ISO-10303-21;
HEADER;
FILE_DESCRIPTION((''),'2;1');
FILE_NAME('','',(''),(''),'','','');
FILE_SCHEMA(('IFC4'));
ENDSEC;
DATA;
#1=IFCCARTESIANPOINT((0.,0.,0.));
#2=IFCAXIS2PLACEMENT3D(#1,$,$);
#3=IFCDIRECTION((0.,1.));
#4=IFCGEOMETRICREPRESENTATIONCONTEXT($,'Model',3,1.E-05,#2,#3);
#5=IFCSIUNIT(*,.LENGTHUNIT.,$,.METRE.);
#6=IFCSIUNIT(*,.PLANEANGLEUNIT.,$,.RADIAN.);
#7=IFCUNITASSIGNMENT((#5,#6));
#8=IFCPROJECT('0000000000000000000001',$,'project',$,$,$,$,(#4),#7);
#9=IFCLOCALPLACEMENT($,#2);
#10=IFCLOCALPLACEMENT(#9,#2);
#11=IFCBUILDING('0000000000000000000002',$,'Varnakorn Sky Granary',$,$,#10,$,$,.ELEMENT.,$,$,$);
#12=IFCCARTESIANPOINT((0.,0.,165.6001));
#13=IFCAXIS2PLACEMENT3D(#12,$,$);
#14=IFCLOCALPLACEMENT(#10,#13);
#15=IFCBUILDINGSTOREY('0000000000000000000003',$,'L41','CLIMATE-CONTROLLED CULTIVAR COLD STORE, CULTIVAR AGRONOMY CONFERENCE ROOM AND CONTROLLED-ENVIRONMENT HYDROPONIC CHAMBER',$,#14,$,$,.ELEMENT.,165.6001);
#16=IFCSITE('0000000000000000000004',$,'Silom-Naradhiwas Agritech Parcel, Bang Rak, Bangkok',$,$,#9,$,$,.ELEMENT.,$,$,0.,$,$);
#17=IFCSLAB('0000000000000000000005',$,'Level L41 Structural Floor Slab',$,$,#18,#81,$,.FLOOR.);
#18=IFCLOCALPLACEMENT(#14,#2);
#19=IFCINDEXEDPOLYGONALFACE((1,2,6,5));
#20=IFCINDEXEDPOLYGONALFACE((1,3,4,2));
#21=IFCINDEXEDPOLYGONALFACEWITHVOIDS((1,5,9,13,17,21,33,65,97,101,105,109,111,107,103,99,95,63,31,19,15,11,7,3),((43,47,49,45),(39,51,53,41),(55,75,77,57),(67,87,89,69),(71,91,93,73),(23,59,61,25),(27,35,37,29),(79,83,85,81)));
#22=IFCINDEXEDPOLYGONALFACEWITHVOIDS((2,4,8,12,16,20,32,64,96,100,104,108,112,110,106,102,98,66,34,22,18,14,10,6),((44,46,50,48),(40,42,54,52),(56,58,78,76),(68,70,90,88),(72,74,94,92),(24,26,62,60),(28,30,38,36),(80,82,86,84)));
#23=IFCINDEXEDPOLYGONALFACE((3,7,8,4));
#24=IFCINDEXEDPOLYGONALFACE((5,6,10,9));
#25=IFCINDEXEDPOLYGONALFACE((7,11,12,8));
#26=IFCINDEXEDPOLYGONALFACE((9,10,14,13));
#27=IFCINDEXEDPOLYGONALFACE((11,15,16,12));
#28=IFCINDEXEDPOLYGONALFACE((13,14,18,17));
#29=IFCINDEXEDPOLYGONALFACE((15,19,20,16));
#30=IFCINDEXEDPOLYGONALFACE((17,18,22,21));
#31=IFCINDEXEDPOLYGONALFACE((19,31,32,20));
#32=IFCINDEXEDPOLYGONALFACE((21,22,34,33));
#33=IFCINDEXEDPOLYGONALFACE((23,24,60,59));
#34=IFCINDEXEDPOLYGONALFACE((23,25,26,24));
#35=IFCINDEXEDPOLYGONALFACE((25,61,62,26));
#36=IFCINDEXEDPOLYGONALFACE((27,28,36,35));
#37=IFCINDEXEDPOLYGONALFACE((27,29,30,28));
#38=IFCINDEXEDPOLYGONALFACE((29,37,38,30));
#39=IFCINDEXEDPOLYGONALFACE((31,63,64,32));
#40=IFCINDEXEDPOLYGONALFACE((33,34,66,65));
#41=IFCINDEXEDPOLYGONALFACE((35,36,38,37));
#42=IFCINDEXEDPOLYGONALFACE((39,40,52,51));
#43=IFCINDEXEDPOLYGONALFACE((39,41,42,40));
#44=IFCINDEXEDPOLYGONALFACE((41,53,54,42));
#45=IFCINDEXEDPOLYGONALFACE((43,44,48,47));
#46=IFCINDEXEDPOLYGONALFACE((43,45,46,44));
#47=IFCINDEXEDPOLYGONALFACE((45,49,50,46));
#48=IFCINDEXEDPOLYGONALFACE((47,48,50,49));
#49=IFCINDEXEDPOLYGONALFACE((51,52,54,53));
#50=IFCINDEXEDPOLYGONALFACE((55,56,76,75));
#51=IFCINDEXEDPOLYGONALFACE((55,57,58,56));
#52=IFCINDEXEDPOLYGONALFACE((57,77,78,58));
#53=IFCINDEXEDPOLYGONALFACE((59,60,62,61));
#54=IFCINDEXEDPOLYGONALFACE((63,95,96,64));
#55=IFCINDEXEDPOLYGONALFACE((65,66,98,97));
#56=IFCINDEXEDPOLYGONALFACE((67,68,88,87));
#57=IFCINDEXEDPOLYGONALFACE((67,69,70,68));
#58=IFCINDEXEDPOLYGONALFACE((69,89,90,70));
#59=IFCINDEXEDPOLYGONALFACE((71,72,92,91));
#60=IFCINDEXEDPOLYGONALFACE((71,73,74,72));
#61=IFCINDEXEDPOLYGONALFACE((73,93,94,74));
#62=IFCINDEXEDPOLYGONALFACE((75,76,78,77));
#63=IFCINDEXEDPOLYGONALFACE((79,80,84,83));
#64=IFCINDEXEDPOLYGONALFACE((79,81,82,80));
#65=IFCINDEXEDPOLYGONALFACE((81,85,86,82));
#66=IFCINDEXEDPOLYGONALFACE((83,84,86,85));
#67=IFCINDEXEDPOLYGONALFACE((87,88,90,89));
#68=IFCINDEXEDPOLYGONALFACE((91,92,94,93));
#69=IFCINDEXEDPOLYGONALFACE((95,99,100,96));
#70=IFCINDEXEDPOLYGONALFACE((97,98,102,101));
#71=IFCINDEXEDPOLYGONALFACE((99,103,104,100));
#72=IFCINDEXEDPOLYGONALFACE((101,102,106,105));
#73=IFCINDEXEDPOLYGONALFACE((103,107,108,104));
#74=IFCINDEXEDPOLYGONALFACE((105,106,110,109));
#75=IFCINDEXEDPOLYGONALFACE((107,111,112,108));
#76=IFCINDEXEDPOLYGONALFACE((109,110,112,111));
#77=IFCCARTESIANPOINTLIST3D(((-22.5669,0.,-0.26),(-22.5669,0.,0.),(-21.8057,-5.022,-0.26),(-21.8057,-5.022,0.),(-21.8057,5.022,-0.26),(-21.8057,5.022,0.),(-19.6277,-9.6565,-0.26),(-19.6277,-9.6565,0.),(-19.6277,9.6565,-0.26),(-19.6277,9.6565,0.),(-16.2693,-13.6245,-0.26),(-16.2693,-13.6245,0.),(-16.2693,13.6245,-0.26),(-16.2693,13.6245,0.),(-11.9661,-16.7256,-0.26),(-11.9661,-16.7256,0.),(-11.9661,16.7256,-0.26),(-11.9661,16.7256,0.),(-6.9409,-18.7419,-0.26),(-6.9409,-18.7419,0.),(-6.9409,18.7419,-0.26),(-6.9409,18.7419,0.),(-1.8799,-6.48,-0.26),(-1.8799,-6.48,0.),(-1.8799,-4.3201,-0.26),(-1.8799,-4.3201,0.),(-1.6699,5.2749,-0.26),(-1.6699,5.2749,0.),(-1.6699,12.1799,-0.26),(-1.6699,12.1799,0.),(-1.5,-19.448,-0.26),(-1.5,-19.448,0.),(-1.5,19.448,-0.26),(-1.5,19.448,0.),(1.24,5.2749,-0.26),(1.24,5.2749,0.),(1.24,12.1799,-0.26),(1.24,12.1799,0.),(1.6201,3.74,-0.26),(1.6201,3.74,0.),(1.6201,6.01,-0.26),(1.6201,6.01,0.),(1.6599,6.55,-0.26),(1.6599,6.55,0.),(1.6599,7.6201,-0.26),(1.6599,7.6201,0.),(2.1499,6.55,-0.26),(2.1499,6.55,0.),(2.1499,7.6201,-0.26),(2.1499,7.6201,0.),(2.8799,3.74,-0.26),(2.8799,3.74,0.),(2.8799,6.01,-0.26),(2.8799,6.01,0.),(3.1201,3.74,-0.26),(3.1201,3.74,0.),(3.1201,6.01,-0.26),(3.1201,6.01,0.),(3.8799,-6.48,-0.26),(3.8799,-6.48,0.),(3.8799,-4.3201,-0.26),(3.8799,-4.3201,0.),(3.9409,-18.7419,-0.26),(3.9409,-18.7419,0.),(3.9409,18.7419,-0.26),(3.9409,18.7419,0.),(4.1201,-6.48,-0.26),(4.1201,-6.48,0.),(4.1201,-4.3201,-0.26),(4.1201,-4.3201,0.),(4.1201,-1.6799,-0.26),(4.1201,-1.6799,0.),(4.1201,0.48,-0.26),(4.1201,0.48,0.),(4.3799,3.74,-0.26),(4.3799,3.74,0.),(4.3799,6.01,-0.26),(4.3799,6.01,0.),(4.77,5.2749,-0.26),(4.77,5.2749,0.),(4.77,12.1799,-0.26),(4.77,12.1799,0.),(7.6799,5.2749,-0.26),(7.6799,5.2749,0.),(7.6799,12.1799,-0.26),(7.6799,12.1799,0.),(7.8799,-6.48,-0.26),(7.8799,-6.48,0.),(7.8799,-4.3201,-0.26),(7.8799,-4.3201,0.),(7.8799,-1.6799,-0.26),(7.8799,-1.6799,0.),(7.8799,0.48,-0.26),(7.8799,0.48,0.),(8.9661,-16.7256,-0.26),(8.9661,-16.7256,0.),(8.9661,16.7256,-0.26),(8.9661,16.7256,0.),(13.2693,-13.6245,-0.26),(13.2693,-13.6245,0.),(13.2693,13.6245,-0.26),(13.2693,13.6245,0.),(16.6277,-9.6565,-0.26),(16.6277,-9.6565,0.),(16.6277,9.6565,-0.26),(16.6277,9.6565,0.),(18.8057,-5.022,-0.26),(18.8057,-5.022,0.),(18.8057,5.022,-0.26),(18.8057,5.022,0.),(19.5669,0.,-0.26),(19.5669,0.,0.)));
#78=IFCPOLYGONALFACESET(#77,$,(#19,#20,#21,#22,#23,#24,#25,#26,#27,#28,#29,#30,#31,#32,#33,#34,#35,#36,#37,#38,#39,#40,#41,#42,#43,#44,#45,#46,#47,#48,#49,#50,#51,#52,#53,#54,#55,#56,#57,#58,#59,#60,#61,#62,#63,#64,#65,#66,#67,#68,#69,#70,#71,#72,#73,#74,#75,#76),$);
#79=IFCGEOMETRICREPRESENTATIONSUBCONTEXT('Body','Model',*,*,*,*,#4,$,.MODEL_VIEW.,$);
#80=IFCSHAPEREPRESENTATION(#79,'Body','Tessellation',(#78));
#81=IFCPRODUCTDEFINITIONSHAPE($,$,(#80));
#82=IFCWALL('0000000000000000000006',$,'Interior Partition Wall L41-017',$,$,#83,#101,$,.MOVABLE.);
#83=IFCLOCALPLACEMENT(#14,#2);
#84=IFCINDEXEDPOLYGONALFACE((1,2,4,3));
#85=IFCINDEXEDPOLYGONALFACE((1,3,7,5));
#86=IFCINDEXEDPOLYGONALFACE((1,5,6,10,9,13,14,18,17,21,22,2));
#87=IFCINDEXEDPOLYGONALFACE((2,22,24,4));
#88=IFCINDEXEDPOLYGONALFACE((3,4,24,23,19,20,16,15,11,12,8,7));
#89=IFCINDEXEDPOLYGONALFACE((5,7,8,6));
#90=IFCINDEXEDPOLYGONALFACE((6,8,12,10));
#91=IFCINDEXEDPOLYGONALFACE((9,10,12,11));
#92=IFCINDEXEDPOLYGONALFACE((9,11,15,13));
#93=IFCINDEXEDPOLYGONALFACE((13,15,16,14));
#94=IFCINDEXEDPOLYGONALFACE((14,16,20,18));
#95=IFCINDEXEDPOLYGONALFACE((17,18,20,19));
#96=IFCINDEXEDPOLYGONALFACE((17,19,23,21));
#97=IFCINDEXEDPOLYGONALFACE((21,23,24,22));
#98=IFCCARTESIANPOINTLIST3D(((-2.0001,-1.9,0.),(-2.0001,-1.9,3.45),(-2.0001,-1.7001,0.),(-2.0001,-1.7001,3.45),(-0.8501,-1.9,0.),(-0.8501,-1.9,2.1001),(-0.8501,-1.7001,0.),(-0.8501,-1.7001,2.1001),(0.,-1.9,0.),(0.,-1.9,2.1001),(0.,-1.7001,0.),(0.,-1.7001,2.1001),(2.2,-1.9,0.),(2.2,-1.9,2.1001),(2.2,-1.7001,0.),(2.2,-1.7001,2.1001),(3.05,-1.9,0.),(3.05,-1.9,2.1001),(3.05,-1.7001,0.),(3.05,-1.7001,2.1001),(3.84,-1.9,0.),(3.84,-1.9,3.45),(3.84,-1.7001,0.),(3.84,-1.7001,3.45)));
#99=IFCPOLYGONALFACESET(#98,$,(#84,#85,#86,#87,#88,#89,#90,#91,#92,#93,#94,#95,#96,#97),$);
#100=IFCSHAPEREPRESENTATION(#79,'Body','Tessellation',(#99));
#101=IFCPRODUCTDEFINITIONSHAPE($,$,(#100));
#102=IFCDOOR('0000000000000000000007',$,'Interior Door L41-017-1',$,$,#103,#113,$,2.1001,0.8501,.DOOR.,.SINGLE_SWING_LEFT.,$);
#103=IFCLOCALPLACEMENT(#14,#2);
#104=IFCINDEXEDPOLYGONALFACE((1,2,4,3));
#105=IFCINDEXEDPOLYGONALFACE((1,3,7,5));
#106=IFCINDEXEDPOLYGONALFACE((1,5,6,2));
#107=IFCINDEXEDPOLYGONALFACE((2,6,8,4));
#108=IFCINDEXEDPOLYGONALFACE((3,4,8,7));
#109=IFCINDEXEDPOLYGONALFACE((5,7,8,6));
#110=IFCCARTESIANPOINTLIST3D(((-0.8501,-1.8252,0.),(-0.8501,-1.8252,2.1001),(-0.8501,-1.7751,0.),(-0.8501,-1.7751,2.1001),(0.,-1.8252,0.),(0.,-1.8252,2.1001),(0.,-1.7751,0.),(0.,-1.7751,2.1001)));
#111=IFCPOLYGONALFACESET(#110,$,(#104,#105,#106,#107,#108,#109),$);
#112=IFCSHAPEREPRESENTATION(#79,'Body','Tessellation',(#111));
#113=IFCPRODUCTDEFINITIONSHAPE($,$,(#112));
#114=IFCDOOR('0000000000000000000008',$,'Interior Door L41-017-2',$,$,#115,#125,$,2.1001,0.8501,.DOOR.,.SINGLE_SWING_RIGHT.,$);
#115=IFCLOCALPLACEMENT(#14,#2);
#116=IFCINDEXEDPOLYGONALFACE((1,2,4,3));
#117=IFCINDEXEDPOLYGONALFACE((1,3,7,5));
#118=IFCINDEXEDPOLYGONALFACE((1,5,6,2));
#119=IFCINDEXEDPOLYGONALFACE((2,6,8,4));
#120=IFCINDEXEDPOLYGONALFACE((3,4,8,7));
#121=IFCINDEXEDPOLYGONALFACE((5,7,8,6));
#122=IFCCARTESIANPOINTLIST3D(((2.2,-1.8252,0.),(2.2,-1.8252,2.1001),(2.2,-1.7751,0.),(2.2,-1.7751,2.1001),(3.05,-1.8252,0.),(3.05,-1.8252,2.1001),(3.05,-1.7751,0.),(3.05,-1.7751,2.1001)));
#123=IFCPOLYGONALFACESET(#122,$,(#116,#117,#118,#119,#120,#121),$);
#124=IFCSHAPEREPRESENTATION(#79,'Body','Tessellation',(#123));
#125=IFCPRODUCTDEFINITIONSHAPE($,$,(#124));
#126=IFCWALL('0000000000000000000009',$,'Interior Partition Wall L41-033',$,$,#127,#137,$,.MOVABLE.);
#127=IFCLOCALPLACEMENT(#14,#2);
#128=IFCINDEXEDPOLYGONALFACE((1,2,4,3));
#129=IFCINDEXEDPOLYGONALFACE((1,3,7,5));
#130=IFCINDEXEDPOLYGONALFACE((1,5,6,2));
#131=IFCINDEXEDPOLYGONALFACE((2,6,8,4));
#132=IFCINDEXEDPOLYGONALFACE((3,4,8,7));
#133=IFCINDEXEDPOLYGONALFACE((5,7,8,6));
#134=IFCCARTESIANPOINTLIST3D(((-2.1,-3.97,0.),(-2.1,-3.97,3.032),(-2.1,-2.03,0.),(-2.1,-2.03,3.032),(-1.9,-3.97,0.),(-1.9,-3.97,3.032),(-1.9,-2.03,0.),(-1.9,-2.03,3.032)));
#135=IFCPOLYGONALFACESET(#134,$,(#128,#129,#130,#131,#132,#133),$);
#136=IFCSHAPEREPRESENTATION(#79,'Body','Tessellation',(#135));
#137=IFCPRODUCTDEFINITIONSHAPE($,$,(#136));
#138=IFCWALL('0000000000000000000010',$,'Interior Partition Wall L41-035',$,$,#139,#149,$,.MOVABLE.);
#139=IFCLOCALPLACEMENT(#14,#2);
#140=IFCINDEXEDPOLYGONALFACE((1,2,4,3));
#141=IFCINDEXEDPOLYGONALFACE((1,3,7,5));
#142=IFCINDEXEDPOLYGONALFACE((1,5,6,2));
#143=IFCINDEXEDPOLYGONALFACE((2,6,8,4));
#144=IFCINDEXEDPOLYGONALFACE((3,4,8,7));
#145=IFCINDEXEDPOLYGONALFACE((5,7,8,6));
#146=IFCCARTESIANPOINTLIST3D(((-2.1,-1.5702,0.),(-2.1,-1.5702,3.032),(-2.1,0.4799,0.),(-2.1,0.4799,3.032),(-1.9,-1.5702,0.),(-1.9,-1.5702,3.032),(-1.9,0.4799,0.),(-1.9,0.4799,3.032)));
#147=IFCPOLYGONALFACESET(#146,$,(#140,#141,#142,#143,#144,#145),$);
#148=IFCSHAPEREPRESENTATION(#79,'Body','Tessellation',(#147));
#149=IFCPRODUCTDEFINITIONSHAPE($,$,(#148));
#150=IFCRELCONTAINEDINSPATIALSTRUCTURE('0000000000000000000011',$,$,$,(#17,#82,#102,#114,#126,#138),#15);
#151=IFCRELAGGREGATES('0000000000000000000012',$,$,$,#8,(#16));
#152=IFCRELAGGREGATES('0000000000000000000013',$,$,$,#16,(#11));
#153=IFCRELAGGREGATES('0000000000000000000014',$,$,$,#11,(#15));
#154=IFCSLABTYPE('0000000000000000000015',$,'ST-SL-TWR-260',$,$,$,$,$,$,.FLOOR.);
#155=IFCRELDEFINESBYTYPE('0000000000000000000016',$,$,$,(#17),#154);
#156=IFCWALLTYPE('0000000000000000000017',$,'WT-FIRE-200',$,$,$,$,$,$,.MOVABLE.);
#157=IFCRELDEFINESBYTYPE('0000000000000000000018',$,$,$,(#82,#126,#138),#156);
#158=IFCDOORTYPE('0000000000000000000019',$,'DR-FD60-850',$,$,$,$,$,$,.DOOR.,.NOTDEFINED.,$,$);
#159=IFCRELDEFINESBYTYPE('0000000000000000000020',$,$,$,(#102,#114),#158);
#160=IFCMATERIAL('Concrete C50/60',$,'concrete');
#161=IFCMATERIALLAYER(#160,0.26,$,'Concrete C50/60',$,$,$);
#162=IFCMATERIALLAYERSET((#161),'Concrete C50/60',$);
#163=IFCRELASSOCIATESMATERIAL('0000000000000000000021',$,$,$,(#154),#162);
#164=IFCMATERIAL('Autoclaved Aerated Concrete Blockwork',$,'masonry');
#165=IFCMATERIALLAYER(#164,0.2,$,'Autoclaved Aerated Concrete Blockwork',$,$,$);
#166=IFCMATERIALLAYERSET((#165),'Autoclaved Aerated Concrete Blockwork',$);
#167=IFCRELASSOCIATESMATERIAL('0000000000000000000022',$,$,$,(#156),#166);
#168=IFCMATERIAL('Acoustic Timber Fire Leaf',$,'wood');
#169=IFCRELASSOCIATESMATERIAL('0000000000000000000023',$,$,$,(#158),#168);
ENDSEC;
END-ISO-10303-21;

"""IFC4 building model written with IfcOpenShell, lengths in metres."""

from ifc_helpers import new_model, si_unit, direction, frame, frame_2d, origin, place, context, subcontext, project, spatial, polyline, rectangle, outline, extrude, material, layer, layer_set, type_object, element, fill, save


model = new_model("IFC4")

# Units and contexts
model_context = context("Model", 3, precision=1e-05, world=origin(), true_north=direction((0.0, 1.0)))
body_context = subcontext(model_context, "Body", "Model", "MODEL_VIEW")
ifc_project = project(units=[si_unit("LENGTHUNIT", "METRE"), si_unit("PLANEANGLEUNIT", "RADIAN")], contexts=[model_context])

# Site, building, storey
site_placement = place(None, origin())
site = spatial("IfcSite", under=ifc_project, at=site_placement, Name="Silom-Naradhiwas Agritech Parcel, Bang Rak, Bangkok", CompositionType="ELEMENT", RefElevation=0.0)
building_placement = place(site_placement, origin())
building = spatial("IfcBuilding", under=site, at=building_placement, Name="Varnakorn Sky Granary", CompositionType="ELEMENT")
storey_placement = place(building_placement, frame((0.0, 0.0, 165.6001)))
storey = spatial("IfcBuildingStorey", under=building, at=storey_placement, Name="L41", Description="CLIMATE-CONTROLLED CULTIVAR COLD STORE, CULTIVAR AGRONOMY CONFERENCE ROOM AND CONTROLLED-ENVIRONMENT HYDROPONIC CHAMBER", CompositionType="ELEMENT", Elevation=165.6001)

# Shared definitions
ifc_material_1 = material(Name="Concrete C50/60", Category="concrete")

# Slab
ifc_layer_1 = layer(ifc_material_1, 0.26, Name="Concrete C50/60")
ifc_layer_set_1 = layer_set([ifc_layer_1], Name="Concrete C50/60")
slab_type_1 = type_object("IfcSlabType", Name="ST-SL-TWR-260", PredefinedType="FLOOR", material=ifc_layer_set_1)
slab_1_placement = place(storey_placement, frame((0.0, 0.0, -0.26)))
element("IfcSlab", 1, at=slab_1_placement, inside=storey, type_object=slab_type_1, Name="Level L41 Structural Floor Slab", PredefinedType="FLOOR", context=body_context, shape_type="SweptSolid", body=[
    extrude(outline(polyline([(19.5669, 0.0), (18.8057, 5.022), (16.6277, 9.6565), (13.2693, 13.6245), (8.9661, 16.7256), (3.9409, 18.7419), (-1.5, 19.448), (-6.9409, 18.7419), (-11.9661, 16.7256), (-16.2693, 13.6245), (-19.6277, 9.6565), (-21.8057, 5.022), (-22.5669, 0.0), (-21.8057, -5.022), (-19.6277, -9.6565), (-16.2693, -13.6245), (-11.9661, -16.7256), (-6.9409, -18.7419), (-1.5, -19.448), (3.9409, -18.7419), (8.9661, -16.7256), (13.2693, -13.6245), (16.6277, -9.6565), (18.8057, -5.022), (19.5669, 0.0)]), holes=[polyline([(1.24, 5.2749), (1.24, 12.1799), (-1.6699, 12.1799), (-1.6699, 5.2749), (1.24, 5.2749)]), polyline([(7.6799, 5.2749), (7.6799, 12.1799), (4.77, 12.1799), (4.77, 5.2749), (7.6799, 5.2749)]), polyline([(1.6599, 6.55), (2.1499, 6.55), (2.1499, 7.6201), (1.6599, 7.6201), (1.6599, 6.55)]), polyline([(1.6201, 3.74), (2.8799, 3.74), (2.8799, 6.01), (1.6201, 6.01), (1.6201, 3.74)]), polyline([(3.1201, 3.74), (4.3799, 3.74), (4.3799, 6.01), (3.1201, 6.01), (3.1201, 3.74)]), polyline([(4.1201, -1.6799), (7.8799, -1.6799), (7.8799, 0.48), (4.1201, 0.48), (4.1201, -1.6799)]), polyline([(-1.8799, -6.48), (3.8799, -6.48), (3.8799, -4.3201), (-1.8799, -4.3201), (-1.8799, -6.48)]), polyline([(4.1201, -6.48), (7.8799, -6.48), (7.8799, -4.3201), (4.1201, -4.3201), (4.1201, -6.48)])]), origin(), (0.0, 0.0, 1.0), 0.26),
])

# Wall, openings, doors
ifc_material_2 = material(Name="Autoclaved Aerated Concrete Blockwork", Category="masonry")
ifc_layer_2 = layer(ifc_material_2, 0.2, Name="Autoclaved Aerated Concrete Blockwork")
ifc_layer_set_2 = layer_set([ifc_layer_2], Name="Autoclaved Aerated Concrete Blockwork")
wall_type_1 = type_object("IfcWallType", Name="WT-FIRE-200", PredefinedType="MOVABLE", material=ifc_layer_set_2)
wall_1_placement = place(storey_placement, frame((-2.0, -1.8, 0.0), z_axis=(0.0, 0.0, 1.0), x_axis=(1.0, 0.0, 0.0)))
wall_1 = element("IfcWall", 2, at=wall_1_placement, inside=storey, type_object=wall_type_1, Name="Interior Partition Wall L41-017", PredefinedType="MOVABLE", context=body_context, shape_type="SweptSolid", body=[
    extrude(rectangle(XDim=5.8401, YDim=0.2, at=frame_2d((2.9199, 0.0))), origin(), (0.0, 0.0, 1.0), 3.45),
])
opening_1_placement = place(wall_1_placement, frame((1.1499, 0.0, 0.0)))
opening_1 = element("IfcOpeningElement", 3, at=opening_1_placement, cuts=wall_1, PredefinedType="OPENING", context=body_context, shape_type="SweptSolid", body=[
    extrude(rectangle(XDim=0.8501, YDim=2.1001, at=frame_2d((0.425, 1.05))), frame((0.0, 0.1099, 0.0), z_axis=(0.0, -1.0, 0.0), x_axis=(1.0, 0.0, 0.0)), (0.0, 0.0, 1.0), 0.22),
])
opening_2_placement = place(wall_1_placement, frame((4.2, 0.0, 0.0)))
opening_2 = element("IfcOpeningElement", 4, at=opening_2_placement, cuts=wall_1, PredefinedType="OPENING", context=body_context, shape_type="SweptSolid", body=[
    extrude(rectangle(XDim=0.8501, YDim=2.1001, at=frame_2d((0.425, 1.05))), frame((0.0, 0.1099, 0.0), z_axis=(0.0, -1.0, 0.0), x_axis=(1.0, 0.0, 0.0)), (0.0, 0.0, 1.0), 0.22),
])
ifc_material_3 = material(Name="Acoustic Timber Fire Leaf", Category="wood")
door_type_1 = type_object("IfcDoorType", Name="DR-FD60-850", OperationType="NOTDEFINED", PredefinedType="DOOR", material=ifc_material_3)
door_1_placement = place(opening_1_placement, origin())
door_1 = element("IfcDoor", 5, at=door_1_placement, inside=storey, type_object=door_type_1, Name="Interior Door L41-017-1", OperationType="SINGLE_SWING_LEFT", OverallHeight=2.1001, OverallWidth=0.8501, PredefinedType="DOOR", context=body_context, shape_type="SweptSolid", body=[
    extrude(rectangle(XDim=0.8501, YDim=2.1001, at=frame_2d((0.425, 1.05))), frame((0.0, 0.0249, 0.0), z_axis=(0.0, -1.0, 0.0), x_axis=(1.0, 0.0, 0.0)), (0.0, 0.0, 1.0), 0.05),
])
fill(opening_1, door_1)
door_2_placement = place(opening_2_placement, origin())
door_2 = element("IfcDoor", 6, at=door_2_placement, inside=storey, type_object=door_type_1, Name="Interior Door L41-017-2", OperationType="SINGLE_SWING_RIGHT", OverallHeight=2.1001, OverallWidth=0.8501, PredefinedType="DOOR", context=body_context, shape_type="SweptSolid", body=[
    extrude(rectangle(XDim=0.8501, YDim=2.1001, at=frame_2d((0.425, 1.05))), frame((0.0, 0.0249, 0.0), z_axis=(0.0, -1.0, 0.0), x_axis=(1.0, 0.0, 0.0)), (0.0, 0.0, 1.0), 0.05),
])
fill(opening_2, door_2)

# Walls
wall_2_placement = place(storey_placement, frame((-2.0, -3.97, 0.0), z_axis=(0.0, 0.0, 1.0), x_axis=(0.0, 1.0, 0.0)))
element("IfcWall", 7, at=wall_2_placement, inside=storey, type_object=wall_type_1, Name="Interior Partition Wall L41-033", PredefinedType="MOVABLE", context=body_context, shape_type="SweptSolid", body=[
    extrude(rectangle(XDim=1.9399, YDim=0.2, at=frame_2d((0.97, 0.0))), origin(), (0.0, 0.0, 1.0), 3.032),
])
wall_3_placement = place(storey_placement, frame((-2.0, -1.5701, 0.0), z_axis=(0.0, 0.0, 1.0), x_axis=(0.0, 1.0, 0.0)))
element("IfcWall", 8, at=wall_3_placement, inside=storey, type_object=wall_type_1, Name="Interior Partition Wall L41-035", PredefinedType="MOVABLE", context=body_context, shape_type="SweptSolid", body=[
    extrude(rectangle(XDim=2.05, YDim=0.2, at=frame_2d((1.0249, 0.0))), origin(), (0.0, 0.0, 1.0), 3.032),
])

save(model, "model.ifc")
